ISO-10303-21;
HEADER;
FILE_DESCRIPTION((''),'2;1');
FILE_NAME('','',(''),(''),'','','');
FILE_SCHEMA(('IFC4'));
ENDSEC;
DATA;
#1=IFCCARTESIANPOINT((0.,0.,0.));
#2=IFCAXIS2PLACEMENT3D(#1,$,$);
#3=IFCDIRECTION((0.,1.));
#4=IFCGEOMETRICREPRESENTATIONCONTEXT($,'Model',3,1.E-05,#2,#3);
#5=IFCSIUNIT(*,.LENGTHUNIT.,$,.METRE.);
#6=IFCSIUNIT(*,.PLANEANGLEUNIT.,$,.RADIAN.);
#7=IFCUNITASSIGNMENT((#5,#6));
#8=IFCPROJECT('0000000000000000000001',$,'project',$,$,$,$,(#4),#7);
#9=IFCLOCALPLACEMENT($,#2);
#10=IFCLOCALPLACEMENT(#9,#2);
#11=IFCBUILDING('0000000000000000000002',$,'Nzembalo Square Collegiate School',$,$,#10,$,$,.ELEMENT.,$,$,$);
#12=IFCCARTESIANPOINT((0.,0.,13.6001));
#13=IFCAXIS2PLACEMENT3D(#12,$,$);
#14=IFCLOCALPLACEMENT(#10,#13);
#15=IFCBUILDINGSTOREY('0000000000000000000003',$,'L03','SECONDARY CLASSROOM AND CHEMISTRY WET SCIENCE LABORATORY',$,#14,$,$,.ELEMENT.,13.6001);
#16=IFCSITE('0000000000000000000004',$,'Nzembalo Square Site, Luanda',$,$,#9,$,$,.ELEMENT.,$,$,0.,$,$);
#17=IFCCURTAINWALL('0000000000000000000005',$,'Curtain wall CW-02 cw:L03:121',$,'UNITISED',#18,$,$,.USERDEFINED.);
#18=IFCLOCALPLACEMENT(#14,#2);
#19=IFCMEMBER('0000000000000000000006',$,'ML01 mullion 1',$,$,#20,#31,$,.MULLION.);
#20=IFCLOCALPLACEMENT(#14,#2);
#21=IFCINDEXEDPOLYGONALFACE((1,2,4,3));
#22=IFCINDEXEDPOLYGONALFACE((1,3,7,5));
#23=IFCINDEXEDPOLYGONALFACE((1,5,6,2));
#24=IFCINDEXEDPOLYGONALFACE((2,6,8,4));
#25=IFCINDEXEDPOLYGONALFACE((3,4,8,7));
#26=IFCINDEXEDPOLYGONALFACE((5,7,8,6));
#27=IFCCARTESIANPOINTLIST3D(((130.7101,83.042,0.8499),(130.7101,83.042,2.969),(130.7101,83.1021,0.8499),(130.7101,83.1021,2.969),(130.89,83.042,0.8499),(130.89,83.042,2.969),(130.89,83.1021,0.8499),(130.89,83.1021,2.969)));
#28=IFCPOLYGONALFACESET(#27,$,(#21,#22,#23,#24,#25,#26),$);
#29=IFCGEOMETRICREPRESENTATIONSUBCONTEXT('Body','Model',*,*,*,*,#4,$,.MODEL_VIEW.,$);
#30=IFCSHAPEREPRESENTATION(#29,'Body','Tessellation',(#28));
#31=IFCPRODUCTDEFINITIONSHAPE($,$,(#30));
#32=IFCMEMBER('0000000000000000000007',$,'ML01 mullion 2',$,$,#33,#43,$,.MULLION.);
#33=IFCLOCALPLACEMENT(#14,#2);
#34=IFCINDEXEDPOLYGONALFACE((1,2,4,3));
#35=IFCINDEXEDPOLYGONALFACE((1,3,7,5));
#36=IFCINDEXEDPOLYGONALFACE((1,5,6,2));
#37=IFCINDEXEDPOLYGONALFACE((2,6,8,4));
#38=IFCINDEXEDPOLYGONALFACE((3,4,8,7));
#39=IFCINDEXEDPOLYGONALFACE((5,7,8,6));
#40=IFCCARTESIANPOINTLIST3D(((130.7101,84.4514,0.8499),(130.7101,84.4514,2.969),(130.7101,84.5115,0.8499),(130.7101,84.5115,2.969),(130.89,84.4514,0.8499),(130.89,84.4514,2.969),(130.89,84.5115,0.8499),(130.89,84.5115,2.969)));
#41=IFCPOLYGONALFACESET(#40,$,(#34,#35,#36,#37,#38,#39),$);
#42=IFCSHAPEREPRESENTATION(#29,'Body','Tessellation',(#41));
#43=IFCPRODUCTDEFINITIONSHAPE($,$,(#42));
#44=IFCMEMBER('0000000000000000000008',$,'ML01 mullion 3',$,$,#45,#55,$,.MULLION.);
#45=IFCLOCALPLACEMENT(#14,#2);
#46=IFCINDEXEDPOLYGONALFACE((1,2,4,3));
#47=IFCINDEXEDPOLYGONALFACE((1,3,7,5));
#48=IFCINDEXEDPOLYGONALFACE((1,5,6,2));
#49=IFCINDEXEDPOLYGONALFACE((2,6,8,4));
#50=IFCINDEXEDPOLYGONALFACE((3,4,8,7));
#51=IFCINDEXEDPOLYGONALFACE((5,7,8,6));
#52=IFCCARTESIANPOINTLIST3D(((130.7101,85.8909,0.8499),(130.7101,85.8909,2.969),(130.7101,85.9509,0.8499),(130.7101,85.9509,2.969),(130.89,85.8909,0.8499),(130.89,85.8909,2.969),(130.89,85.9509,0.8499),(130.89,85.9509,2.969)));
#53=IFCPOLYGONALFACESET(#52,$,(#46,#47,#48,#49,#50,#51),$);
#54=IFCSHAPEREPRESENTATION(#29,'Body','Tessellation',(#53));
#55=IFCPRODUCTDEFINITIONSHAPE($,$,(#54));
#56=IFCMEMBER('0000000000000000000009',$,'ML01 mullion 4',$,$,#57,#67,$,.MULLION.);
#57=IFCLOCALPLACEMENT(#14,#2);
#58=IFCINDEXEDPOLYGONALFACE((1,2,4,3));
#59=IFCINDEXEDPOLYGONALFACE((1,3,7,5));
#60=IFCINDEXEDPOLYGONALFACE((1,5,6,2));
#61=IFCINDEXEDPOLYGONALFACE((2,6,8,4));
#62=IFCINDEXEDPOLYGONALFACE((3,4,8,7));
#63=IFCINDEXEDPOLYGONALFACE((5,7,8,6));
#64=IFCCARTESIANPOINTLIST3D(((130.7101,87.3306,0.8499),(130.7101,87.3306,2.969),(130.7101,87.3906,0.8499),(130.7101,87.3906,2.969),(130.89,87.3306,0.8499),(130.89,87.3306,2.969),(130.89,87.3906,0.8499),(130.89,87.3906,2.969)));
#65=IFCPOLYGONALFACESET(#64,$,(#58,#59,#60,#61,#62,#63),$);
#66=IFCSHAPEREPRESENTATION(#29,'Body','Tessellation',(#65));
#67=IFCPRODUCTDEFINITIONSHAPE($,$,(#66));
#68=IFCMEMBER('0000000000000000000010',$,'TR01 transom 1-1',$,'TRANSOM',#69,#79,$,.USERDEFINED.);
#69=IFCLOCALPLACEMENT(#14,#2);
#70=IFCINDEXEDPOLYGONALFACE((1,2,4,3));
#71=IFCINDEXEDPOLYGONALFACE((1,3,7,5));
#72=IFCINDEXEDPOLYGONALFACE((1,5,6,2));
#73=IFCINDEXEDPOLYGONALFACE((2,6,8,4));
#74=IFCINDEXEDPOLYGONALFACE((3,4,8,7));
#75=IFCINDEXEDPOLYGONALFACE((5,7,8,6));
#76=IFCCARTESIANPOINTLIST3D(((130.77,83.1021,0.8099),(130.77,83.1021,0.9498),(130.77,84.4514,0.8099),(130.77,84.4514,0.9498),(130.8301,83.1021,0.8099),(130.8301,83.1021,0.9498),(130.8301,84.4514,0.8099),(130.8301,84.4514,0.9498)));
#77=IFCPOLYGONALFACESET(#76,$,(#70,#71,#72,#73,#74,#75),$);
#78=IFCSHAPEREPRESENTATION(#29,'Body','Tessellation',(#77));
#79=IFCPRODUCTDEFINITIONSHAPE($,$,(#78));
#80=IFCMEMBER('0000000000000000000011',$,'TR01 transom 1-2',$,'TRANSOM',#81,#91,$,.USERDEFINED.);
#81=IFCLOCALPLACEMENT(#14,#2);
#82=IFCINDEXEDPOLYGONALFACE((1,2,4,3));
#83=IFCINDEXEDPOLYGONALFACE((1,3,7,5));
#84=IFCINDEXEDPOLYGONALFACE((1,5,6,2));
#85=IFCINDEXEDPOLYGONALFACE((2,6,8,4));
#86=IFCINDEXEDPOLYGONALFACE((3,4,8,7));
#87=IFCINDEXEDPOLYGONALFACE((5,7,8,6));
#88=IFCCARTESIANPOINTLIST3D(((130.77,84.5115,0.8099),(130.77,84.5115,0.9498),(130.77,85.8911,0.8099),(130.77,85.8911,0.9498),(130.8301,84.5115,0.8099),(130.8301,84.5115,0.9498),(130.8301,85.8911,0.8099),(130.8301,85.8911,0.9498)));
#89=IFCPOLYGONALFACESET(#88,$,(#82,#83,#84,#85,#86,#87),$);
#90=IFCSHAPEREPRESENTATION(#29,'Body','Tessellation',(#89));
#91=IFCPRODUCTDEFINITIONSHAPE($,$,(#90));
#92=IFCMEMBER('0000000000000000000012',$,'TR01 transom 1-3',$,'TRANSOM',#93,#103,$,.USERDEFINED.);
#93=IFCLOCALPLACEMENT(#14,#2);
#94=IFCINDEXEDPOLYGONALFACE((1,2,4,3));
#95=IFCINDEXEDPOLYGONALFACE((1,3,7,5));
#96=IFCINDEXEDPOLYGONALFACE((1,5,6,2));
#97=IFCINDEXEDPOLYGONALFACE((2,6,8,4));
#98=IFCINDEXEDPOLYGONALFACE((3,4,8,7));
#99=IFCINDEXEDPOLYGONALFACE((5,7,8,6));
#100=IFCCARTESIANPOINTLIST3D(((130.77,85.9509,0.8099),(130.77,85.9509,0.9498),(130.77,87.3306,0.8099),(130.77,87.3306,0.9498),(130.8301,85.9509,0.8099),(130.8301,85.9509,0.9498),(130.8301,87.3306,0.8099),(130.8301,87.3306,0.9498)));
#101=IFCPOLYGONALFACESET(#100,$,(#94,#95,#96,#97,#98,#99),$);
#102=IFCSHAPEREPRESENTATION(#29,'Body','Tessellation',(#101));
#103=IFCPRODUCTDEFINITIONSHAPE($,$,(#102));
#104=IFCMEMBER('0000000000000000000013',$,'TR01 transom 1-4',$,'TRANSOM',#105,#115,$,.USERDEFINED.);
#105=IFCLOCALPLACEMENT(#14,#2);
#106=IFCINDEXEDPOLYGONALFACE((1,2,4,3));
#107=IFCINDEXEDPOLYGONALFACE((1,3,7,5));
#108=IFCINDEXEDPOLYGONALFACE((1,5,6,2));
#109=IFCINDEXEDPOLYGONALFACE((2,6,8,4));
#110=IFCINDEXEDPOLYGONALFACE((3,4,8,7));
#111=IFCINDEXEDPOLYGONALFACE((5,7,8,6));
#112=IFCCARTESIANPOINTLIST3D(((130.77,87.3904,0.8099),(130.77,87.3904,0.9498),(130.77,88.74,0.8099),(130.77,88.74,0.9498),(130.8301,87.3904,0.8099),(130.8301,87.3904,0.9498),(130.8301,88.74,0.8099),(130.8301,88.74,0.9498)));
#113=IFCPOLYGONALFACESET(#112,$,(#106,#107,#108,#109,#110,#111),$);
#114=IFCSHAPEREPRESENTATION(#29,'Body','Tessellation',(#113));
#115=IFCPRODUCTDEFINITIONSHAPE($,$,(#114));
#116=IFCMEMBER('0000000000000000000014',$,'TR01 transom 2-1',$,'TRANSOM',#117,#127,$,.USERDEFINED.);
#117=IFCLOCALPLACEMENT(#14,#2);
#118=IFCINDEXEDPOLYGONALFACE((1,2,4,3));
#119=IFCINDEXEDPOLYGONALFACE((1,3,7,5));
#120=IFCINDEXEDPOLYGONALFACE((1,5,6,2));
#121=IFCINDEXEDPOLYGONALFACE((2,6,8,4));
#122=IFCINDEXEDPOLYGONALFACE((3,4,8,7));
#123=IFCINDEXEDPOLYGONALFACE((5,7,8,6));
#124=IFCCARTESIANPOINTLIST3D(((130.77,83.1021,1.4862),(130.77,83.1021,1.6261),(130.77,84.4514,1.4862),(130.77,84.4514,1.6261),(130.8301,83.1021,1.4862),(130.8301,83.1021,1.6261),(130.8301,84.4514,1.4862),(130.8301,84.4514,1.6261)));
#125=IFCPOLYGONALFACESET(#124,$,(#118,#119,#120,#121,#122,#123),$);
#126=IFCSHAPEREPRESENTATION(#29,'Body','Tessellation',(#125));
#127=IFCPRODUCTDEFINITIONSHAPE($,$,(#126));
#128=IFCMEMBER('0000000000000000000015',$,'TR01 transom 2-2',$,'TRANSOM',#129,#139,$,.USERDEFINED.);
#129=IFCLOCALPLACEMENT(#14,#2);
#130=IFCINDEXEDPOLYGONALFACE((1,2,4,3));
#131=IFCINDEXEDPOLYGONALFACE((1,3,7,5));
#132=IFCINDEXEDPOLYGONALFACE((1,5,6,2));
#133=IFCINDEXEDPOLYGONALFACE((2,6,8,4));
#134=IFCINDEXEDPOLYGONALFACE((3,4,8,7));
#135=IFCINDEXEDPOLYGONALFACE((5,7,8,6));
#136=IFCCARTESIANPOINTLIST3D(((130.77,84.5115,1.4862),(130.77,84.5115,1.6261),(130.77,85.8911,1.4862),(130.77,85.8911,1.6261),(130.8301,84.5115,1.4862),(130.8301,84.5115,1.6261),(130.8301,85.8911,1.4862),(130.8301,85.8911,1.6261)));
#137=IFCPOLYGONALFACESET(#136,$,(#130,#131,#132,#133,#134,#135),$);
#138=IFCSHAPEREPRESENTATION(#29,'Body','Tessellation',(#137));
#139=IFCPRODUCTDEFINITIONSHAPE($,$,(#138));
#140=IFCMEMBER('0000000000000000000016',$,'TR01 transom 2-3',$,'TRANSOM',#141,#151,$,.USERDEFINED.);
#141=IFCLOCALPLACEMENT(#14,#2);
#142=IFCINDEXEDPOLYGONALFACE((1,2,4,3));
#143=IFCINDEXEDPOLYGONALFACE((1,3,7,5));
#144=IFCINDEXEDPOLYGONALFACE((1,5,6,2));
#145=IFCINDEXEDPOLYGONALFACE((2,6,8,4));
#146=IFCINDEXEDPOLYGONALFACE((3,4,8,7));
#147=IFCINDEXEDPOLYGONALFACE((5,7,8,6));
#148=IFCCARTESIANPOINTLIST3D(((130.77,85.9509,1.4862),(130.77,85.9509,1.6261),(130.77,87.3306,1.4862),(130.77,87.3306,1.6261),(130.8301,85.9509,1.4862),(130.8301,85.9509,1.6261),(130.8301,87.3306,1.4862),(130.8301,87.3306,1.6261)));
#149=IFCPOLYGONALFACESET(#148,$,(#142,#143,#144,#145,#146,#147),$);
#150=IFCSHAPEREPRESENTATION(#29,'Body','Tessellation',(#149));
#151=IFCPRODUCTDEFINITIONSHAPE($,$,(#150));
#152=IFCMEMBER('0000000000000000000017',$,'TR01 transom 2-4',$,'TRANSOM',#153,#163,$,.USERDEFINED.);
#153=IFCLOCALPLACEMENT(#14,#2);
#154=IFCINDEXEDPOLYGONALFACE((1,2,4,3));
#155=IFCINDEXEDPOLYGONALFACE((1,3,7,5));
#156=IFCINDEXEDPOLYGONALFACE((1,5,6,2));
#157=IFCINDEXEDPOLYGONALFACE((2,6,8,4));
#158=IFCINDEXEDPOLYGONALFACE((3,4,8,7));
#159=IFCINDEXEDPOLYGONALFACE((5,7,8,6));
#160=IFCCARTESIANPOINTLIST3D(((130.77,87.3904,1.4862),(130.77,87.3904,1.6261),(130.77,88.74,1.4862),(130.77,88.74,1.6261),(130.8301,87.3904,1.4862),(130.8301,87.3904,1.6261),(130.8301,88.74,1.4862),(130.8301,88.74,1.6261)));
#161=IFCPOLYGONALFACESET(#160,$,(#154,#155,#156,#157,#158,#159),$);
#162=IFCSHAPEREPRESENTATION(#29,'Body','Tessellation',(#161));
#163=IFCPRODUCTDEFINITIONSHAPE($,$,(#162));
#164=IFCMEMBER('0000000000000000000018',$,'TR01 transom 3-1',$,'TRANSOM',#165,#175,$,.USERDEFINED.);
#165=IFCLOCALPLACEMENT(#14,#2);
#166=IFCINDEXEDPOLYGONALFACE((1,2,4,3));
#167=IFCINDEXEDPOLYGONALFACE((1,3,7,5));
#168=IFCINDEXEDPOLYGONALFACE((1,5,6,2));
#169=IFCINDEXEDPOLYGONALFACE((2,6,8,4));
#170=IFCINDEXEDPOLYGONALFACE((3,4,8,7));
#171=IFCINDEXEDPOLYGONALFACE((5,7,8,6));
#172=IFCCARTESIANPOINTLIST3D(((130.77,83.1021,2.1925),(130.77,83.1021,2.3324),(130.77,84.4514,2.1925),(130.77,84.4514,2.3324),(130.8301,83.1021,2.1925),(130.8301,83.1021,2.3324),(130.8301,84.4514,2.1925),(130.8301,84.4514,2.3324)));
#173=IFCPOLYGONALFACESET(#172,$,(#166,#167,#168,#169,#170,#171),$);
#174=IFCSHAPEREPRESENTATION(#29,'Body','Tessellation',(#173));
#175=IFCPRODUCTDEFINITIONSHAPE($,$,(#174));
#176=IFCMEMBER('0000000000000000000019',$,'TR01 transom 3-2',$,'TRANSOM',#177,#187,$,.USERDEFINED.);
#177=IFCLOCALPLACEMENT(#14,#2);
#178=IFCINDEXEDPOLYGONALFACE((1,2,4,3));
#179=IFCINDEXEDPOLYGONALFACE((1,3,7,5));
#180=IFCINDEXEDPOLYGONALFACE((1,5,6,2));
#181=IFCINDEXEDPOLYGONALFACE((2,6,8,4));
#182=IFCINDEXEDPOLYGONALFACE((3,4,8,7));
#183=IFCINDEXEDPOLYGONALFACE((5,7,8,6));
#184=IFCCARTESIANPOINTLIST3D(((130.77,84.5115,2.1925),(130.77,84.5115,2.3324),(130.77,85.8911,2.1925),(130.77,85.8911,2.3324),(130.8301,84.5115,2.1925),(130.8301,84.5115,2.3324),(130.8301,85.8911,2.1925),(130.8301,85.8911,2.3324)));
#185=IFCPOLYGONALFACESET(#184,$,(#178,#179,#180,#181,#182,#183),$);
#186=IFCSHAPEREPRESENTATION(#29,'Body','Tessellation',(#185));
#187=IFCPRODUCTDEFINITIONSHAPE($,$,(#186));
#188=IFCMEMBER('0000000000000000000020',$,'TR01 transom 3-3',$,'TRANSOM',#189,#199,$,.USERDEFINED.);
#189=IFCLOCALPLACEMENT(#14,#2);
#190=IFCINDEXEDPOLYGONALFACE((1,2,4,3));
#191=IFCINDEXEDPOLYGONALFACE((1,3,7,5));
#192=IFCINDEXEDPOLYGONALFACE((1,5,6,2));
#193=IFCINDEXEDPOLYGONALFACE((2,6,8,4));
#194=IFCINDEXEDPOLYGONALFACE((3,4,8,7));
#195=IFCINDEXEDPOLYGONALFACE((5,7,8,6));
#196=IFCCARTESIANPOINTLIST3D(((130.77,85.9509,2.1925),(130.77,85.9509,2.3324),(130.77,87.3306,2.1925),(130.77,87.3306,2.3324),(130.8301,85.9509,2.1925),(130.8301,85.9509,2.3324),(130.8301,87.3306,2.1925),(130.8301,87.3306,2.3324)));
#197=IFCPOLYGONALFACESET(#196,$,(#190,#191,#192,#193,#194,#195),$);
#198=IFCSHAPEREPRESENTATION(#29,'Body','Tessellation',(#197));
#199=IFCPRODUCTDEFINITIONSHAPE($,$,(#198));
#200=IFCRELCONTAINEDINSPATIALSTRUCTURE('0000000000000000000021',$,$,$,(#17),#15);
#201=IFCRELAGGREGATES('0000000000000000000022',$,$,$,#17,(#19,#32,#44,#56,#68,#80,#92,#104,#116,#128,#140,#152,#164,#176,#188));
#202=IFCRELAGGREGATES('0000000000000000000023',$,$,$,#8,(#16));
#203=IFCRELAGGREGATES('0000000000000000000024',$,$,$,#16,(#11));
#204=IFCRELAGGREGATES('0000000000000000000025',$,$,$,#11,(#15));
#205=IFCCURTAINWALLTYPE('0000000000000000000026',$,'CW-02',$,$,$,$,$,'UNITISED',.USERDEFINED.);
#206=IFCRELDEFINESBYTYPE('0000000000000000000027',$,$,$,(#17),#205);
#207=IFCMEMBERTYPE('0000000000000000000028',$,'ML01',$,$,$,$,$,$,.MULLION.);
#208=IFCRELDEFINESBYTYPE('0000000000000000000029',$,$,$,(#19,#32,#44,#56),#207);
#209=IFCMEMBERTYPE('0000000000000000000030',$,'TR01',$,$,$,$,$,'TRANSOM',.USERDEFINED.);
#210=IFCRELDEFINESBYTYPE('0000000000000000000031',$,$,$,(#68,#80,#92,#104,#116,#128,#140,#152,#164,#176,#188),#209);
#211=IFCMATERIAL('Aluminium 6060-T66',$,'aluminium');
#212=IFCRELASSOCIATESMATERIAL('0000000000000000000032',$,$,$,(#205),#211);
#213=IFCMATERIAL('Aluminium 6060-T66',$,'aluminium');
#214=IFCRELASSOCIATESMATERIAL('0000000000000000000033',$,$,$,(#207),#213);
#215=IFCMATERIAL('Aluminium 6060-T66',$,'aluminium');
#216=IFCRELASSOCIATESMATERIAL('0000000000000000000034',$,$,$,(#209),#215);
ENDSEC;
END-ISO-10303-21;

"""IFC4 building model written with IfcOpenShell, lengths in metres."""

from ifc_helpers import new_model, si_unit, direction, frame, origin, origin_2d, place, context, subcontext, project, spatial, rectangle, extrude, material, material_profile, profile_set, type_object, element, aggregate, save


model = new_model("IFC4")

# Units and contexts
model_context = context("Model", 3, precision=1e-05, world=origin(), true_north=direction((0.0, 1.0)))
body_context = subcontext(model_context, "Body", "Model", "MODEL_VIEW")
ifc_project = project(units=[si_unit("LENGTHUNIT", "METRE"), si_unit("PLANEANGLEUNIT", "RADIAN")], contexts=[model_context])

# Site, building, storey
site_placement = place(None, origin())
site = spatial("IfcSite", under=ifc_project, at=site_placement, Name="Nzembalo Square Site, Luanda", CompositionType="ELEMENT", RefElevation=0.0)
building_placement = place(site_placement, origin())
building = spatial("IfcBuilding", under=site, at=building_placement, Name="Nzembalo Square Collegiate School", CompositionType="ELEMENT")
storey_placement = place(building_placement, frame((0.0, 0.0, 13.6001)))
storey = spatial("IfcBuildingStorey", under=building, at=storey_placement, Name="L03", Description="SECONDARY CLASSROOM AND CHEMISTRY WET SCIENCE LABORATORY", CompositionType="ELEMENT", Elevation=13.6001)

# Curtain wall, members
ifc_material_1 = material(Name="Aluminium 6060-T66", Category="aluminium")
curtain_wall_type = type_object("IfcCurtainWallType", Name="CW-02", ElementType="UNITISED", PredefinedType="USERDEFINED", material=ifc_material_1)
curtain_wall_placement = place(storey_placement, origin())
curtain_wall = element("IfcCurtainWall", 1, at=curtain_wall_placement, inside=storey, type_object=curtain_wall_type, Name="Curtain wall CW-02 cw:L03:121", ObjectType="UNITISED", PredefinedType="USERDEFINED")
ifc_material_2 = material(Name="Aluminium 6060-T66", Category="aluminium")
ifc_material_profile_1 = material_profile(ifc_material_2, rectangle(XDim=0.0601, YDim=0.1799, at=origin_2d()), Name="ALU M60x180")
ifc_profile_set_1 = profile_set([ifc_material_profile_1], Name="Aluminium 6060-T66")
member_type_1 = type_object("IfcMemberType", Name="ML01", PredefinedType="MULLION", material=ifc_profile_set_1)
member_1_placement = place(storey_placement, frame((130.8, 83.072, 0.8499), z_axis=(0.0, 0.0, 1.0), x_axis=(0.0, 1.0, 0.0)))
member_1 = element("IfcMember", 2, at=member_1_placement, type_object=member_type_1, Name="ML01 mullion 1", PredefinedType="MULLION", context=body_context, shape_type="SweptSolid", body=[
    extrude(rectangle(XDim=0.0601, YDim=0.1799, at=origin_2d()), origin(), (0.0, 0.0, 1.0), 2.1191),
])
member_2_placement = place(storey_placement, frame((130.8, 84.4814, 0.8499), z_axis=(0.0, 0.0, 1.0), x_axis=(0.0, 1.0, 0.0)))
member_2 = element("IfcMember", 3, at=member_2_placement, type_object=member_type_1, Name="ML01 mullion 2", PredefinedType="MULLION", context=body_context, shape_type="SweptSolid", body=[
    extrude(rectangle(XDim=0.0601, YDim=0.1799, at=origin_2d()), origin(), (0.0, 0.0, 1.0), 2.1191),
])
member_3_placement = place(storey_placement, frame((130.8, 85.9209, 0.8499), z_axis=(0.0, 0.0, 1.0), x_axis=(0.0, 1.0, 0.0)))
member_3 = element("IfcMember", 4, at=member_3_placement, type_object=member_type_1, Name="ML01 mullion 3", PredefinedType="MULLION", context=body_context, shape_type="SweptSolid", body=[
    extrude(rectangle(XDim=0.0601, YDim=0.1799, at=origin_2d()), origin(), (0.0, 0.0, 1.0), 2.1191),
])
member_4_placement = place(storey_placement, frame((130.8, 87.3606, 0.8499), z_axis=(0.0, 0.0, 1.0), x_axis=(0.0, 1.0, 0.0)))
member_4 = element("IfcMember", 5, at=member_4_placement, type_object=member_type_1, Name="ML01 mullion 4", PredefinedType="MULLION", context=body_context, shape_type="SweptSolid", body=[
    extrude(rectangle(XDim=0.0601, YDim=0.1799, at=origin_2d()), origin(), (0.0, 0.0, 1.0), 2.1191),
])
ifc_material_3 = material(Name="Aluminium 6060-T66", Category="aluminium")
ifc_material_profile_2 = material_profile(ifc_material_3, rectangle(XDim=0.0601, YDim=0.1399, at=origin_2d()), Name="ALU T60x140")
ifc_profile_set_2 = profile_set([ifc_material_profile_2], Name="Aluminium 6060-T66")
member_type_2 = type_object("IfcMemberType", Name="TR01", ElementType="TRANSOM", PredefinedType="USERDEFINED", material=ifc_profile_set_2)
member_5_placement = place(storey_placement, frame((130.8, 83.1021, 0.8799), z_axis=(0.0, 1.0, 0.0), x_axis=(-1.0, 0.0, 0.0)))
member_5 = element("IfcMember", 6, at=member_5_placement, type_object=member_type_2, Name="TR01 transom 1-1", ObjectType="TRANSOM", PredefinedType="USERDEFINED", context=body_context, shape_type="SweptSolid", body=[
    extrude(rectangle(XDim=0.0601, YDim=0.1399, at=origin_2d()), origin(), (0.0, 0.0, 1.0), 1.3494),
])
member_6_placement = place(storey_placement, frame((130.8, 84.5115, 0.8799), z_axis=(0.0, 1.0, 0.0), x_axis=(-1.0, 0.0, 0.0)))
member_6 = element("IfcMember", 7, at=member_6_placement, type_object=member_type_2, Name="TR01 transom 1-2", ObjectType="TRANSOM", PredefinedType="USERDEFINED", context=body_context, shape_type="SweptSolid", body=[
    extrude(rectangle(XDim=0.0601, YDim=0.1399, at=origin_2d()), origin(), (0.0, 0.0, 1.0), 1.3796),
])
member_7_placement = place(storey_placement, frame((130.8, 85.9509, 0.8799), z_axis=(0.0, 1.0, 0.0), x_axis=(-1.0, 0.0, 0.0)))
member_7 = element("IfcMember", 8, at=member_7_placement, type_object=member_type_2, Name="TR01 transom 1-3", ObjectType="TRANSOM", PredefinedType="USERDEFINED", context=body_context, shape_type="SweptSolid", body=[
    extrude(rectangle(XDim=0.0601, YDim=0.1399, at=origin_2d()), origin(), (0.0, 0.0, 1.0), 1.3796),
])
member_8_placement = place(storey_placement, frame((130.8, 87.3904, 0.8799), z_axis=(0.0, 1.0, 0.0), x_axis=(-1.0, 0.0, 0.0)))
member_8 = element("IfcMember", 9, at=member_8_placement, type_object=member_type_2, Name="TR01 transom 1-4", ObjectType="TRANSOM", PredefinedType="USERDEFINED", context=body_context, shape_type="SweptSolid", body=[
    extrude(rectangle(XDim=0.0601, YDim=0.1399, at=origin_2d()), origin(), (0.0, 0.0, 1.0), 1.3496),
])
member_9_placement = place(storey_placement, frame((130.8, 83.1021, 1.5562), z_axis=(0.0, 1.0, 0.0), x_axis=(-1.0, 0.0, 0.0)))
member_9 = element("IfcMember", 10, at=member_9_placement, type_object=member_type_2, Name="TR01 transom 2-1", ObjectType="TRANSOM", PredefinedType="USERDEFINED", context=body_context, shape_type="SweptSolid", body=[
    extrude(rectangle(XDim=0.0601, YDim=0.1399, at=origin_2d()), origin(), (0.0, 0.0, 1.0), 1.3494),
])
member_10_placement = place(storey_placement, frame((130.8, 84.5115, 1.5562), z_axis=(0.0, 1.0, 0.0), x_axis=(-1.0, 0.0, 0.0)))
member_10 = element("IfcMember", 11, at=member_10_placement, type_object=member_type_2, Name="TR01 transom 2-2", ObjectType="TRANSOM", PredefinedType="USERDEFINED", context=body_context, shape_type="SweptSolid", body=[
    extrude(rectangle(XDim=0.0601, YDim=0.1399, at=origin_2d()), origin(), (0.0, 0.0, 1.0), 1.3796),
])
member_11_placement = place(storey_placement, frame((130.8, 85.9509, 1.5562), z_axis=(0.0, 1.0, 0.0), x_axis=(-1.0, 0.0, 0.0)))
member_11 = element("IfcMember", 12, at=member_11_placement, type_object=member_type_2, Name="TR01 transom 2-3", ObjectType="TRANSOM", PredefinedType="USERDEFINED", context=body_context, shape_type="SweptSolid", body=[
    extrude(rectangle(XDim=0.0601, YDim=0.1399, at=origin_2d()), origin(), (0.0, 0.0, 1.0), 1.3796),
])
member_12_placement = place(storey_placement, frame((130.8, 87.3904, 1.5562), z_axis=(0.0, 1.0, 0.0), x_axis=(-1.0, 0.0, 0.0)))
member_12 = element("IfcMember", 13, at=member_12_placement, type_object=member_type_2, Name="TR01 transom 2-4", ObjectType="TRANSOM", PredefinedType="USERDEFINED", context=body_context, shape_type="SweptSolid", body=[
    extrude(rectangle(XDim=0.0601, YDim=0.1399, at=origin_2d()), origin(), (0.0, 0.0, 1.0), 1.3496),
])
member_13_placement = place(storey_placement, frame((130.8, 83.1021, 2.2625), z_axis=(0.0, 1.0, 0.0), x_axis=(-1.0, 0.0, 0.0)))
member_13 = element("IfcMember", 14, at=member_13_placement, type_object=member_type_2, Name="TR01 transom 3-1", ObjectType="TRANSOM", PredefinedType="USERDEFINED", context=body_context, shape_type="SweptSolid", body=[
    extrude(rectangle(XDim=0.0601, YDim=0.1399, at=origin_2d()), origin(), (0.0, 0.0, 1.0), 1.3494),
])
member_14_placement = place(storey_placement, frame((130.8, 84.5115, 2.2625), z_axis=(0.0, 1.0, 0.0), x_axis=(-1.0, 0.0, 0.0)))
member_14 = element("IfcMember", 15, at=member_14_placement, type_object=member_type_2, Name="TR01 transom 3-2", ObjectType="TRANSOM", PredefinedType="USERDEFINED", context=body_context, shape_type="SweptSolid", body=[
    extrude(rectangle(XDim=0.0601, YDim=0.1399, at=origin_2d()), origin(), (0.0, 0.0, 1.0), 1.3796),
])
member_15_placement = place(storey_placement, frame((130.8, 85.9509, 2.2625), z_axis=(0.0, 1.0, 0.0), x_axis=(-1.0, 0.0, 0.0)))
member_15 = element("IfcMember", 16, at=member_15_placement, type_object=member_type_2, Name="TR01 transom 3-3", ObjectType="TRANSOM", PredefinedType="USERDEFINED", context=body_context, shape_type="SweptSolid", body=[
    extrude(rectangle(XDim=0.0601, YDim=0.1399, at=origin_2d()), origin(), (0.0, 0.0, 1.0), 1.3796),
])
aggregate(curtain_wall, [member_1, member_2, member_3, member_4, member_5, member_6, member_7, member_8, member_9, member_10, member_11, member_12, member_13, member_14, member_15])

save(model, "model.ifc")
